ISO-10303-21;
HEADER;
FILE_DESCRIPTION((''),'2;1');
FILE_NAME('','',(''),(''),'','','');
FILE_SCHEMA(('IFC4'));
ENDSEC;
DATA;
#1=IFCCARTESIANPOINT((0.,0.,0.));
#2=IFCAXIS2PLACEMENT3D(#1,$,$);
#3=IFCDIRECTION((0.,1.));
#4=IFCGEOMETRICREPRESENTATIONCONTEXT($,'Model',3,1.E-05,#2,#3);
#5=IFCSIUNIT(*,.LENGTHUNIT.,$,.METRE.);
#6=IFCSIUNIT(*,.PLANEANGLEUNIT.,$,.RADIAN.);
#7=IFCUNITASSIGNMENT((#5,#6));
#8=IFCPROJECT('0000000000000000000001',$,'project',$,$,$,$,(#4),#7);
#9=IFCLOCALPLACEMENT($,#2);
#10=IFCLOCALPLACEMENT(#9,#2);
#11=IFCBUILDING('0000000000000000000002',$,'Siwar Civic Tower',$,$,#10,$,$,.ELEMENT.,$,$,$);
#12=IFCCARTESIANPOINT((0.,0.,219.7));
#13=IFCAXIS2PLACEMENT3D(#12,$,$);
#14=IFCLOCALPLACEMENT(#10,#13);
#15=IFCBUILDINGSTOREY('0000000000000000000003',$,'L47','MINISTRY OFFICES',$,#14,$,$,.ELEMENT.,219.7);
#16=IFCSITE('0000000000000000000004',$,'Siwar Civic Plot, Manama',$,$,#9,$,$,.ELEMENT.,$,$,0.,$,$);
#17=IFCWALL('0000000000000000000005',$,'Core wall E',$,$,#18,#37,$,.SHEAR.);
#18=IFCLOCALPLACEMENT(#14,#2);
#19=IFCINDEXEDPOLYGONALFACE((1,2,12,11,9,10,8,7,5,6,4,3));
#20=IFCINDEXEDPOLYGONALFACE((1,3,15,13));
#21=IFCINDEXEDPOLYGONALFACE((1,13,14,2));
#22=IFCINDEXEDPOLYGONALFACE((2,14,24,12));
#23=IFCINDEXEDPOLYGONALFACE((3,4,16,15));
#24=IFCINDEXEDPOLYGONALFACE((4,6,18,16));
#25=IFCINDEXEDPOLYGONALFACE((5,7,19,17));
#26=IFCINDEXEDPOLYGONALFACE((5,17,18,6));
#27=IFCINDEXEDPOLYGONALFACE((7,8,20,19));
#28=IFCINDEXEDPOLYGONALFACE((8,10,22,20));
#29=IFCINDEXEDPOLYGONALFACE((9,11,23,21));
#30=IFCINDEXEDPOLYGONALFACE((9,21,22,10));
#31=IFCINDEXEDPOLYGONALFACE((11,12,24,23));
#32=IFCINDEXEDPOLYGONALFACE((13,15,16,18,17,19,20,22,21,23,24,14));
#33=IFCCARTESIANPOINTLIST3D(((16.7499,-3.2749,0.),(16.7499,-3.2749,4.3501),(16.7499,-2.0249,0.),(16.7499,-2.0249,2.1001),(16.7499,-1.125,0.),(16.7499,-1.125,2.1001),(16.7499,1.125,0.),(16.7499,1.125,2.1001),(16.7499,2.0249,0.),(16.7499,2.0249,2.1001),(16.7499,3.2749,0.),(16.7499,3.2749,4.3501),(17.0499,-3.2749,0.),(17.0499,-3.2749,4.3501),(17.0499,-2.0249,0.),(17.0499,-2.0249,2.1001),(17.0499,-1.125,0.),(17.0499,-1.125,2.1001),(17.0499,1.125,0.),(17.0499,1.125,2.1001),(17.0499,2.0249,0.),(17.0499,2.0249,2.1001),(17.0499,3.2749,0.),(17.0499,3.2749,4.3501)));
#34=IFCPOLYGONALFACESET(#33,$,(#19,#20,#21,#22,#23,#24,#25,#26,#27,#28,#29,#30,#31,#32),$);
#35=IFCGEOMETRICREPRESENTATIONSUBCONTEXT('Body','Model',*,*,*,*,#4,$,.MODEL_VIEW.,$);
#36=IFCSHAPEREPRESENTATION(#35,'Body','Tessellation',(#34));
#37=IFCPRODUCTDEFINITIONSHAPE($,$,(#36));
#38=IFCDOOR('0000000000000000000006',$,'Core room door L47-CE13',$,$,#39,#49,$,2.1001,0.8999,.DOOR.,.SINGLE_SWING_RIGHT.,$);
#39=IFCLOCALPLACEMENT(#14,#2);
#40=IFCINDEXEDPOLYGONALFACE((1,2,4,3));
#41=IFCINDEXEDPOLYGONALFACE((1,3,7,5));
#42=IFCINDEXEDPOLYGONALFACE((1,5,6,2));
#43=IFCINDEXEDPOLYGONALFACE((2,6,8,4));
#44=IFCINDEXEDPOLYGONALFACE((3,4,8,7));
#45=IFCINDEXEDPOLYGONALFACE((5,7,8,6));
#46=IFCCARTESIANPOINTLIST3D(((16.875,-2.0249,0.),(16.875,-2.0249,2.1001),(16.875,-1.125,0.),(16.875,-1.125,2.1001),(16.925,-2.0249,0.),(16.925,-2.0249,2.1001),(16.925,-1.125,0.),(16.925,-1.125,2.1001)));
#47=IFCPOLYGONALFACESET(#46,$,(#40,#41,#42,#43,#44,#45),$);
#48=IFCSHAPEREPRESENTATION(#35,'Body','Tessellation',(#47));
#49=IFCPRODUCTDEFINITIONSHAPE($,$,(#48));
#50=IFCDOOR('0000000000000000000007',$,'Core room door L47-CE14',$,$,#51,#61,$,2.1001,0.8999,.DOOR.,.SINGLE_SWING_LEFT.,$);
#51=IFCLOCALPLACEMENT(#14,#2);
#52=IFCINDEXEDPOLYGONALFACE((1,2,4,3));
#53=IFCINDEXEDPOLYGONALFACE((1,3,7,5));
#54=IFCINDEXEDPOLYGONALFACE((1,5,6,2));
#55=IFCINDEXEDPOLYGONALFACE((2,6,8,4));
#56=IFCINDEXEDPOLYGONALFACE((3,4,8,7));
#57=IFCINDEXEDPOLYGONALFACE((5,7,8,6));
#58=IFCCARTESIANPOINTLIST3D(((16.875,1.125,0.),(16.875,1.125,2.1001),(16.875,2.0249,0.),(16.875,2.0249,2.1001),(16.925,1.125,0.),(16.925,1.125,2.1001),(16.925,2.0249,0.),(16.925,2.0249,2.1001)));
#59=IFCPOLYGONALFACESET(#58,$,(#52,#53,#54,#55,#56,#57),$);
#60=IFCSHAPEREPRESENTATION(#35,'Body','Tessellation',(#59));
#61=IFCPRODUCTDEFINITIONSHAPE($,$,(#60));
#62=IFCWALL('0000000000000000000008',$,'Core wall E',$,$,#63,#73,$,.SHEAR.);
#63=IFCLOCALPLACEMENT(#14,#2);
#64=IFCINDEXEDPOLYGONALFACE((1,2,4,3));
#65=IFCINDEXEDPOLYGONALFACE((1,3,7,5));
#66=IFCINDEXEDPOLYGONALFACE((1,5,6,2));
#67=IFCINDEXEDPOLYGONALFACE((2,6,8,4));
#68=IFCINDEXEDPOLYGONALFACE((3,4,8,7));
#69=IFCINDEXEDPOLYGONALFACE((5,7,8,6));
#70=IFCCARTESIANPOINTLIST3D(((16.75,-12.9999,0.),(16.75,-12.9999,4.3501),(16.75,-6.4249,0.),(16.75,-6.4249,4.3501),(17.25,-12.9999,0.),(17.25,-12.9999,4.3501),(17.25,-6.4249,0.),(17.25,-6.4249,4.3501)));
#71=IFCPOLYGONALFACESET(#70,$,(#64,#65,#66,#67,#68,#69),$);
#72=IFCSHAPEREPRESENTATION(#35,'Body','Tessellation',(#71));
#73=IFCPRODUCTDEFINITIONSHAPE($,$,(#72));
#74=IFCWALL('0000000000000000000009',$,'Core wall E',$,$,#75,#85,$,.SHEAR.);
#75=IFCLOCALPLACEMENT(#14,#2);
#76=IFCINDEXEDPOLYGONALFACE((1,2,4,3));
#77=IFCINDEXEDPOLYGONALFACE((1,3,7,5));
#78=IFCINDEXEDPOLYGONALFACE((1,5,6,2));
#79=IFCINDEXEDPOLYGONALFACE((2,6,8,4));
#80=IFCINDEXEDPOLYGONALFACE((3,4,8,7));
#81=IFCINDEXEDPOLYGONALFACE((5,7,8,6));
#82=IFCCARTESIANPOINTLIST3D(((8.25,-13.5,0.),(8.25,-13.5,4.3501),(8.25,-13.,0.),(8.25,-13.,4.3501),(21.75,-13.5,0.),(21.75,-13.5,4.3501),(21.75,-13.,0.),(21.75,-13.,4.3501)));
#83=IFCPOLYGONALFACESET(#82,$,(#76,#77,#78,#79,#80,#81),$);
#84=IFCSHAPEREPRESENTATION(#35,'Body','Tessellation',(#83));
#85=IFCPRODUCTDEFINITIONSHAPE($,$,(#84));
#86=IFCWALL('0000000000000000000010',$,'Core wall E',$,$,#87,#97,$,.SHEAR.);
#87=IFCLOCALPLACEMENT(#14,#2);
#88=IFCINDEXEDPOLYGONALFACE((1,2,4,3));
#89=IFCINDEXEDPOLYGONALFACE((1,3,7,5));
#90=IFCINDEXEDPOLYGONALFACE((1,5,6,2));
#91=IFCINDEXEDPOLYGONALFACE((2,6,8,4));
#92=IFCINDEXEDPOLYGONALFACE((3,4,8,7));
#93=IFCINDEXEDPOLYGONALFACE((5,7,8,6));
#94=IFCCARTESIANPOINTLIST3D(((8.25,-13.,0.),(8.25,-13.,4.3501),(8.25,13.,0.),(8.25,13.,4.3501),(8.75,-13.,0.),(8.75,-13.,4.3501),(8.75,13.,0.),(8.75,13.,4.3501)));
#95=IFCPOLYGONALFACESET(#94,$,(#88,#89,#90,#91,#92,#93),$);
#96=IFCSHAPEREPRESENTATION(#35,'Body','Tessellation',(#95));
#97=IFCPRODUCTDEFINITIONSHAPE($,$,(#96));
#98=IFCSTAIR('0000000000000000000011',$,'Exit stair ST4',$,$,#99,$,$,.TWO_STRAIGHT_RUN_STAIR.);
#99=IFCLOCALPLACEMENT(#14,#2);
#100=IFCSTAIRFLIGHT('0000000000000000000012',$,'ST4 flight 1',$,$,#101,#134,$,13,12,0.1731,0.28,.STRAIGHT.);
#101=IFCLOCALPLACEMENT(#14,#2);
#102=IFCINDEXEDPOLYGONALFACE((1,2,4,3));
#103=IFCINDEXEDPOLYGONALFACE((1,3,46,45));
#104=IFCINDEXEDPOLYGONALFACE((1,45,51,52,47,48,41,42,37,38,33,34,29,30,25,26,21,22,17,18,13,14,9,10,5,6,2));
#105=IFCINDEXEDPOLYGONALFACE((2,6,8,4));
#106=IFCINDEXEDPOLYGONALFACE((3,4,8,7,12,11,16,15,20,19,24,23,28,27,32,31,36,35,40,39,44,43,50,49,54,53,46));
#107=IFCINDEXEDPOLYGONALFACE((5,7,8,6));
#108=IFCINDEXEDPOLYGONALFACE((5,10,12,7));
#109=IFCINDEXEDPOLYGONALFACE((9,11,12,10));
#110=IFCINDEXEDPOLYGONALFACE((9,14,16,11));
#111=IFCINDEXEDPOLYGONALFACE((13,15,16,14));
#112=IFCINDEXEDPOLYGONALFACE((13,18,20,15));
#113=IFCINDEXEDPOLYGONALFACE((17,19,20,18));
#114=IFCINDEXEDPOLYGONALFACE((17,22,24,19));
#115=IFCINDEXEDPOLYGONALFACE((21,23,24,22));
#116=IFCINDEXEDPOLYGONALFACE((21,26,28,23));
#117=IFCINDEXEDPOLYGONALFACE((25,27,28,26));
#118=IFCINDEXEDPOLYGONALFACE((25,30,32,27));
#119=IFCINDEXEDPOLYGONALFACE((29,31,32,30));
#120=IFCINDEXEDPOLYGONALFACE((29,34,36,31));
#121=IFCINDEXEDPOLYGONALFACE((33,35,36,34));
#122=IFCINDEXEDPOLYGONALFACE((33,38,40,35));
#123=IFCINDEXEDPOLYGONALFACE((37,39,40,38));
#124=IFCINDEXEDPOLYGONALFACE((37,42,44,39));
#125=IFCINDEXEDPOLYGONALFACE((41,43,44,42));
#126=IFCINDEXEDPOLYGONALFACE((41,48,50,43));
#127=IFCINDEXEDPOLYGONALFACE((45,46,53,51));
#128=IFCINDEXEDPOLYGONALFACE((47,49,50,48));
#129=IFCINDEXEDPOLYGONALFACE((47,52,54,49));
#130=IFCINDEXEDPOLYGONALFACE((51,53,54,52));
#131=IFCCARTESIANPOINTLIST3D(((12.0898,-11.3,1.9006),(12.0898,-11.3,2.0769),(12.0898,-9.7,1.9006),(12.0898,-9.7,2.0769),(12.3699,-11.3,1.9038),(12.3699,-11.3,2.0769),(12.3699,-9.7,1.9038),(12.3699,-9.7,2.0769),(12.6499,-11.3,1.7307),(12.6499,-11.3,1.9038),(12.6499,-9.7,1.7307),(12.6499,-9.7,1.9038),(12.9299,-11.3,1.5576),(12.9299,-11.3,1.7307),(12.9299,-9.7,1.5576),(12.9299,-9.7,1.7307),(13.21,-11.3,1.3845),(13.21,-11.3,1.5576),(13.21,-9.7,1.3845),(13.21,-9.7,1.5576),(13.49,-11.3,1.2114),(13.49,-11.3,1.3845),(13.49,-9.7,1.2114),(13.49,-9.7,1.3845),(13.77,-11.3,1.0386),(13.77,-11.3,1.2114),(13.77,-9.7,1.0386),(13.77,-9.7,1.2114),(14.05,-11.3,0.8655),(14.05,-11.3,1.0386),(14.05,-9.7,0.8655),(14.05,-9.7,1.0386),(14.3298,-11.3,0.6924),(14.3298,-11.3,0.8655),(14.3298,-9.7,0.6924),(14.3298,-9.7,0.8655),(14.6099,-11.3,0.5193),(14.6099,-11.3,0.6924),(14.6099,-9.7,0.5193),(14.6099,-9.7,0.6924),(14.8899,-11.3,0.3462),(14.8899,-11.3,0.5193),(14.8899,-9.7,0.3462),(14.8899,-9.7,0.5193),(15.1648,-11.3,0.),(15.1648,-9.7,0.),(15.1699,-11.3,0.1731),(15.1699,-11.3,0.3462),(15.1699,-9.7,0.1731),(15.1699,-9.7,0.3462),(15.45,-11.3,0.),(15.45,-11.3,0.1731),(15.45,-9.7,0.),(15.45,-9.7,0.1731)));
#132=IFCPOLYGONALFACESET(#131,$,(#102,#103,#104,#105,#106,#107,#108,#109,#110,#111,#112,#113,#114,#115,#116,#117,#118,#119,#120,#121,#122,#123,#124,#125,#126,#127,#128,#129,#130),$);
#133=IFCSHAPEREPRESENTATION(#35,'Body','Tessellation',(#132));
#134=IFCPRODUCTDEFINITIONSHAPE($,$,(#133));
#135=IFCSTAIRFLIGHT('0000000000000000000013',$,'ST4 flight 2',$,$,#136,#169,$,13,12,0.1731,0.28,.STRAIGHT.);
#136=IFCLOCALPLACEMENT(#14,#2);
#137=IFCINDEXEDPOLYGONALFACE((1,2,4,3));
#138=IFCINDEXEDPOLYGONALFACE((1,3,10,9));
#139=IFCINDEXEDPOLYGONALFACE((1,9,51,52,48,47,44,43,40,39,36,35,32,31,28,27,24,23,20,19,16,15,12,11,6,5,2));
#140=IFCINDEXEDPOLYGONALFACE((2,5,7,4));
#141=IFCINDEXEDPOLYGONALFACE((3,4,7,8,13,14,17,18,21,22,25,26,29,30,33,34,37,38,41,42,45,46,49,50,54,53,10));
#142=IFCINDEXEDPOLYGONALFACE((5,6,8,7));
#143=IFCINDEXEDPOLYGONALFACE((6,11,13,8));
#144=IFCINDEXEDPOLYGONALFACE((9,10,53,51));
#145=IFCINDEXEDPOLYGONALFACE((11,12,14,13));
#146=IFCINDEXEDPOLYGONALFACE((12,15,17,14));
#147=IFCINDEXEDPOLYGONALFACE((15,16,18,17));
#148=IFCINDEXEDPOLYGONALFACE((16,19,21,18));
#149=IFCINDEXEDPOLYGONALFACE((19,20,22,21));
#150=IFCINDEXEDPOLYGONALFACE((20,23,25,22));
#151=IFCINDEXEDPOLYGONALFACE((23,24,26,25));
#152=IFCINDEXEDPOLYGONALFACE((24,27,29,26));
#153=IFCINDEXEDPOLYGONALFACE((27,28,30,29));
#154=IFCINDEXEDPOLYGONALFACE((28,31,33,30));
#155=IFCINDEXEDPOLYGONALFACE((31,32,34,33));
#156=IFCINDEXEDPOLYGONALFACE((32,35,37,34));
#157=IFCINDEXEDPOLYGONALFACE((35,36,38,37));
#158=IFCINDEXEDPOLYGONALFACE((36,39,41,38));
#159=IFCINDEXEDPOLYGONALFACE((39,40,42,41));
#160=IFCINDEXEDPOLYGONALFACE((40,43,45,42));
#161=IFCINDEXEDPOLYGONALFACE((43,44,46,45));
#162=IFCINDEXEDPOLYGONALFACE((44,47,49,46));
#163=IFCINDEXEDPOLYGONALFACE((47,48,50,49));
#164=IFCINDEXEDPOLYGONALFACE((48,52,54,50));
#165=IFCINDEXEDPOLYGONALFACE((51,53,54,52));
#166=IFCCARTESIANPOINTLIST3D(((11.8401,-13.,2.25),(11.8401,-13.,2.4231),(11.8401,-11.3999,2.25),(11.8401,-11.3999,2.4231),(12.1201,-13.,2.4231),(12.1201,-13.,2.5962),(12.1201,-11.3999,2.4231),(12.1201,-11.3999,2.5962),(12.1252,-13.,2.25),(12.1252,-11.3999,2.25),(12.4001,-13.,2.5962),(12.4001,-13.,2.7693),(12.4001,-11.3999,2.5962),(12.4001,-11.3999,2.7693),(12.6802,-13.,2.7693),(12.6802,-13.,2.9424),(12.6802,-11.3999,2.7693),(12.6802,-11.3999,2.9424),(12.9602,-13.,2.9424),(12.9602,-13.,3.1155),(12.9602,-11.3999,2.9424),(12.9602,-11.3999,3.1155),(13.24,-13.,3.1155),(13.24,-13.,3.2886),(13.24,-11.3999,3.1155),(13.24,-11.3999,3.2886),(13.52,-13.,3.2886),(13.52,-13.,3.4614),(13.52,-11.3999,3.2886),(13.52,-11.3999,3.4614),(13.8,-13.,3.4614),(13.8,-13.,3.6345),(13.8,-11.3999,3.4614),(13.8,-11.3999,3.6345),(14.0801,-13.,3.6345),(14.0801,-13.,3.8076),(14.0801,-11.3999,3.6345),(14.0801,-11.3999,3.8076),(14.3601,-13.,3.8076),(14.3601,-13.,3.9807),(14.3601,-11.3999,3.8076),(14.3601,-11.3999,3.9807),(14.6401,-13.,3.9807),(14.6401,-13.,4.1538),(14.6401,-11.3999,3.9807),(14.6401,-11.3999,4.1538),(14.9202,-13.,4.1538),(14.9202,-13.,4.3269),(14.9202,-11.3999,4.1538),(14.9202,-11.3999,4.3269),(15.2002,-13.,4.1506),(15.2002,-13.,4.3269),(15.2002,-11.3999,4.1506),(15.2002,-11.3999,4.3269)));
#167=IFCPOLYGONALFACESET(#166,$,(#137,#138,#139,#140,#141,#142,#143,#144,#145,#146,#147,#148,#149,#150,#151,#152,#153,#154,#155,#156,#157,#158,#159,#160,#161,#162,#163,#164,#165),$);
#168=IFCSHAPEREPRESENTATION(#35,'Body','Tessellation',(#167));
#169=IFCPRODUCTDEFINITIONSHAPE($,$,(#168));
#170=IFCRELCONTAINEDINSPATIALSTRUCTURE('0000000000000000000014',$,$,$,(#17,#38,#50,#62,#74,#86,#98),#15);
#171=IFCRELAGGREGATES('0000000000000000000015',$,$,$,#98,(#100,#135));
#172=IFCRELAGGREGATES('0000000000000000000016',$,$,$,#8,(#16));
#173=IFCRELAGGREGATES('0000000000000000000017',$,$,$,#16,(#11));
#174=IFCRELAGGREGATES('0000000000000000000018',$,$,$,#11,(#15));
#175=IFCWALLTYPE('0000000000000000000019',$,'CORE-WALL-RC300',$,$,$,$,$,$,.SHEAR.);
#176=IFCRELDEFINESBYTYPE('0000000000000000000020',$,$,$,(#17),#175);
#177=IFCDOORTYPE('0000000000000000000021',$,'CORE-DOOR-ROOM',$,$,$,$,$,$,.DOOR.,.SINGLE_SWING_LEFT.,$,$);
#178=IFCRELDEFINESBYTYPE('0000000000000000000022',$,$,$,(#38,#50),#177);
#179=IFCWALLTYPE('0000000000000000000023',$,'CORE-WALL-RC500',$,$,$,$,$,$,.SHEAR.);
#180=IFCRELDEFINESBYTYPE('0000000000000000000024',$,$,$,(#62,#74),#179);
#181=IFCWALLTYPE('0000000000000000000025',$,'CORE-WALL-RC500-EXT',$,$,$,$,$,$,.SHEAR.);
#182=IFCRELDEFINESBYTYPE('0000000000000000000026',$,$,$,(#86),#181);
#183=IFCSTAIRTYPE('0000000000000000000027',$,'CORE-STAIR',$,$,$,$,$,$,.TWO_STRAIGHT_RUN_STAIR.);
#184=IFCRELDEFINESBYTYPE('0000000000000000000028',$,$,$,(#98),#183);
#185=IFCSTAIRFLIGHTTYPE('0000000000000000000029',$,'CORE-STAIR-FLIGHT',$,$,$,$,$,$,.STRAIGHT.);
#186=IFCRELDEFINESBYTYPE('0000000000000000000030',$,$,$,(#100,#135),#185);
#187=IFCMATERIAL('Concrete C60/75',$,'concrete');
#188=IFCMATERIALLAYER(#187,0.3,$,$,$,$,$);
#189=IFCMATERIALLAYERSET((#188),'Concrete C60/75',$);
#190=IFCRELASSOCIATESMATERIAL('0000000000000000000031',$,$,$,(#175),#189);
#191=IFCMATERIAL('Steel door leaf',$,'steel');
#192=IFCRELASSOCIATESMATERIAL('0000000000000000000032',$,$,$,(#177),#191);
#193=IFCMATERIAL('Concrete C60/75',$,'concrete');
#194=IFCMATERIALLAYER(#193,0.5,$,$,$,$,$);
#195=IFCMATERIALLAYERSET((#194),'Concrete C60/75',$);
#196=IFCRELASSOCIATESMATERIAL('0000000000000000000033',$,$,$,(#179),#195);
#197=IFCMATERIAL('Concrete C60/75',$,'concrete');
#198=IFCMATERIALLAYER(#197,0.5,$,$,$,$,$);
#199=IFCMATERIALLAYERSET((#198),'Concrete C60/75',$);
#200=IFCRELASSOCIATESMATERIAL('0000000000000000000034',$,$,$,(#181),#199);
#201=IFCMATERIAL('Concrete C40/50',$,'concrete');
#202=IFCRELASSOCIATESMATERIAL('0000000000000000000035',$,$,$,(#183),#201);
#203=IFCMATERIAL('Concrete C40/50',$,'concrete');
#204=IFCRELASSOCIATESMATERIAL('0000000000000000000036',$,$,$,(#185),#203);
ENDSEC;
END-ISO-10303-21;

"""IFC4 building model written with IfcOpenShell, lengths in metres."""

from ifc_helpers import new_model, si_unit, direction, frame, frame_2d, origin, place, context, subcontext, project, spatial, polyline, rectangle, outline, extrude, material, layer, layer_set, type_object, element, fill, aggregate, save


model = new_model("IFC4")

# Units and contexts
model_context = context("Model", 3, precision=1e-05, world=origin(), true_north=direction((0.0, 1.0)))
body_context = subcontext(model_context, "Body", "Model", "MODEL_VIEW")
ifc_project = project(units=[si_unit("LENGTHUNIT", "METRE"), si_unit("PLANEANGLEUNIT", "RADIAN")], contexts=[model_context])

# Site, building, storey
site_placement = place(None, origin())
site = spatial("IfcSite", under=ifc_project, at=site_placement, Name="Siwar Civic Plot, Manama", CompositionType="ELEMENT", RefElevation=0.0)
building_placement = place(site_placement, origin())
building = spatial("IfcBuilding", under=site, at=building_placement, Name="Siwar Civic Tower", CompositionType="ELEMENT")
storey_placement = place(building_placement, frame((0.0, 0.0, 219.7)))
storey = spatial("IfcBuildingStorey", under=building, at=storey_placement, Name="L47", Description="MINISTRY OFFICES", CompositionType="ELEMENT", Elevation=219.7)

# Wall, openings, doors
ifc_material_1 = material(Name="Concrete C60/75", Category="concrete")
ifc_layer_1 = layer(ifc_material_1, 0.3)
ifc_layer_set_1 = layer_set([ifc_layer_1], Name="Concrete C60/75")
wall_type_1 = type_object("IfcWallType", Name="CORE-WALL-RC300", PredefinedType="SHEAR", material=ifc_layer_set_1)
wall_1_placement = place(storey_placement, frame((16.8999, -3.2749, 0.0), z_axis=(0.0, 0.0, 1.0), x_axis=(0.0, 1.0, 0.0)))
wall_1 = element("IfcWall", 1, at=wall_1_placement, inside=storey, type_object=wall_type_1, Name="Core wall E", PredefinedType="SHEAR", context=body_context, shape_type="SweptSolid", body=[
    extrude(rectangle(XDim=6.5498, YDim=0.3, at=frame_2d((3.2749, 0.0))), origin(), (0.0, 0.0, 1.0), 4.3501),
])
opening_1_placement = place(wall_1_placement, frame((1.25, 0.0, 0.0)))
opening_1 = element("IfcOpeningElement", 2, at=opening_1_placement, cuts=wall_1, PredefinedType="OPENING", context=body_context, shape_type="SweptSolid", body=[
    extrude(rectangle(XDim=0.8999, YDim=2.1001, at=frame_2d((0.45, 1.05))), frame((0.0, 0.1602, 0.0), z_axis=(0.0, -1.0, 0.0), x_axis=(1.0, 0.0, 0.0)), (0.0, 0.0, 1.0), 0.3201),
])
opening_2_placement = place(wall_1_placement, frame((4.3999, 0.0, 0.0)))
opening_2 = element("IfcOpeningElement", 3, at=opening_2_placement, cuts=wall_1, PredefinedType="OPENING", context=body_context, shape_type="SweptSolid", body=[
    extrude(rectangle(XDim=0.8999, YDim=2.1001, at=frame_2d((0.45, 1.05))), frame((0.0, 0.1602, 0.0), z_axis=(0.0, -1.0, 0.0), x_axis=(1.0, 0.0, 0.0)), (0.0, 0.0, 1.0), 0.3201),
])
ifc_material_2 = material(Name="Steel door leaf", Category="steel")
door_type_1 = type_object("IfcDoorType", Name="CORE-DOOR-ROOM", OperationType="SINGLE_SWING_LEFT", PredefinedType="DOOR", material=ifc_material_2)
door_1_placement = place(opening_1_placement, origin())
door_1 = element("IfcDoor", 4, at=door_1_placement, inside=storey, type_object=door_type_1, Name="Core room door L47-CE13", OperationType="SINGLE_SWING_RIGHT", OverallHeight=2.1001, OverallWidth=0.8999, PredefinedType="DOOR", context=body_context, shape_type="SweptSolid", body=[
    extrude(rectangle(XDim=0.8999, YDim=2.1001, at=frame_2d((0.45, 1.05))), frame((0.0, 0.0249, 0.0), z_axis=(0.0, -1.0, 0.0), x_axis=(1.0, 0.0, 0.0)), (0.0, 0.0, 1.0), 0.05),
])
fill(opening_1, door_1)
door_2_placement = place(opening_2_placement, origin())
door_2 = element("IfcDoor", 5, at=door_2_placement, inside=storey, type_object=door_type_1, Name="Core room door L47-CE14", OperationType="SINGLE_SWING_LEFT", OverallHeight=2.1001, OverallWidth=0.8999, PredefinedType="DOOR", context=body_context, shape_type="SweptSolid", body=[
    extrude(rectangle(XDim=0.8999, YDim=2.1001, at=frame_2d((0.45, 1.05))), frame((0.0, 0.0249, 0.0), z_axis=(0.0, -1.0, 0.0), x_axis=(1.0, 0.0, 0.0)), (0.0, 0.0, 1.0), 0.05),
])
fill(opening_2, door_2)

# Walls
ifc_material_3 = material(Name="Concrete C60/75", Category="concrete")
ifc_layer_2 = layer(ifc_material_3, 0.5)
ifc_layer_set_2 = layer_set([ifc_layer_2], Name="Concrete C60/75")
wall_type_2 = type_object("IfcWallType", Name="CORE-WALL-RC500", PredefinedType="SHEAR", material=ifc_layer_set_2)
wall_2_placement = place(storey_placement, frame((17.0, -13.0, 0.0), z_axis=(0.0, 0.0, 1.0), x_axis=(0.0, 1.0, 0.0)))
element("IfcWall", 6, at=wall_2_placement, inside=storey, type_object=wall_type_2, Name="Core wall E", PredefinedType="SHEAR", context=body_context, shape_type="SweptSolid", body=[
    extrude(rectangle(XDim=6.575, YDim=0.5, at=frame_2d((3.2876, 0.0))), origin(), (0.0, 0.0, 1.0), 4.3501),
])
wall_3_placement = place(storey_placement, frame((8.25, -13.25, 0.0), z_axis=(0.0, 0.0, 1.0), x_axis=(1.0, 0.0, 0.0)))
element("IfcWall", 7, at=wall_3_placement, inside=storey, type_object=wall_type_2, Name="Core wall E", PredefinedType="SHEAR", context=body_context, shape_type="SweptSolid", body=[
    extrude(rectangle(XDim=13.5, YDim=0.5, at=frame_2d((6.75, 0.0))), origin(), (0.0, 0.0, 1.0), 4.3501),
])
ifc_material_4 = material(Name="Concrete C60/75", Category="concrete")
ifc_layer_3 = layer(ifc_material_4, 0.5)
ifc_layer_set_3 = layer_set([ifc_layer_3], Name="Concrete C60/75")
wall_type_3 = type_object("IfcWallType", Name="CORE-WALL-RC500-EXT", PredefinedType="SHEAR", material=ifc_layer_set_3)
wall_4_placement = place(storey_placement, frame((8.5, -13.0, 0.0), z_axis=(0.0, 0.0, 1.0), x_axis=(0.0, 1.0, 0.0)))
element("IfcWall", 8, at=wall_4_placement, inside=storey, type_object=wall_type_3, Name="Core wall E", PredefinedType="SHEAR", context=body_context, shape_type="SweptSolid", body=[
    extrude(rectangle(XDim=26.0, YDim=0.5, at=frame_2d((13.0, 0.0))), origin(), (0.0, 0.0, 1.0), 4.3501),
])

# Stair, stair flights
ifc_material_5 = material(Name="Concrete C40/50", Category="concrete")
stair_type = type_object("IfcStairType", Name="CORE-STAIR", PredefinedType="TWO_STRAIGHT_RUN_STAIR", material=ifc_material_5)
stair_placement = place(storey_placement, origin())
stair = element("IfcStair", 9, at=stair_placement, inside=storey, type_object=stair_type, Name="Exit stair ST4", PredefinedType="TWO_STRAIGHT_RUN_STAIR")
ifc_material_6 = material(Name="Concrete C40/50", Category="concrete")
stair_flight_type = type_object("IfcStairFlightType", Name="CORE-STAIR-FLIGHT", PredefinedType="STRAIGHT", material=ifc_material_6)
stair_flight_1_placement = place(storey_placement, frame((15.45, -10.5, 0.0), z_axis=(0.0, 0.0, 1.0), x_axis=(-1.0, 0.0, 0.0)))
stair_flight_1 = element("IfcStairFlight", 10, at=stair_flight_1_placement, type_object=stair_flight_type, Name="ST4 flight 1", NumberOfRisers=13, NumberOfTreads=12, PredefinedType="STRAIGHT", RiserHeight=0.1731, TreadLength=0.28, context=body_context, shape_type="SweptSolid", body=[
    extrude(outline(polyline([(0.0, 0.0), (0.0, 0.1731), (0.28, 0.1731), (0.28, 0.3462), (0.5601, 0.3462), (0.5601, 0.5193), (0.8401, 0.5193), (0.8401, 0.6924), (1.1201, 0.6924), (1.1201, 0.8655), (1.3999, 0.8655), (1.3999, 1.0386), (1.6799, 1.0386), (1.6799, 1.2114), (1.96, 1.2114), (1.96, 1.3845), (2.24, 1.3845), (2.24, 1.5576), (2.52, 1.5576), (2.52, 1.7307), (2.8, 1.7307), (2.8, 1.9038), (3.0801, 1.9038), (3.0801, 2.0769), (3.3601, 2.0769), (3.3601, 2.25), (3.3601, 1.9006), (0.2852, 0.0), (0.0, 0.0)])), frame((0.0, 0.8, 0.0), z_axis=(0.0, -1.0, 0.0), x_axis=(1.0, 0.0, 0.0)), (0.0, 0.0, 1.0), 1.6001),
])
stair_flight_2_placement = place(storey_placement, frame((11.8401, -12.2, 2.25), z_axis=(0.0, 0.0, 1.0), x_axis=(1.0, 0.0, 0.0)))
stair_flight_2 = element("IfcStairFlight", 11, at=stair_flight_2_placement, type_object=stair_flight_type, Name="ST4 flight 2", NumberOfRisers=13, NumberOfTreads=12, PredefinedType="STRAIGHT", RiserHeight=0.1731, TreadLength=0.28, context=body_context, shape_type="SweptSolid", body=[
    extrude(outline(polyline([(0.0, 0.0), (0.0, 0.1731), (0.28, 0.1731), (0.28, 0.3462), (0.5601, 0.3462), (0.5601, 0.5193), (0.8401, 0.5193), (0.8401, 0.6924), (1.1201, 0.6924), (1.1201, 0.8655), (1.3999, 0.8655), (1.3999, 1.0386), (1.6799, 1.0386), (1.6799, 1.2114), (1.96, 1.2114), (1.96, 1.3845), (2.24, 1.3845), (2.24, 1.5576), (2.52, 1.5576), (2.52, 1.7307), (2.8, 1.7307), (2.8, 1.9038), (3.0801, 1.9038), (3.0801, 2.0769), (3.3601, 2.0769), (3.3601, 2.25), (3.3601, 1.9006), (0.2852, 0.0), (0.0, 0.0)])), frame((0.0, 0.8, 0.0), z_axis=(0.0, -1.0, 0.0), x_axis=(1.0, 0.0, 0.0)), (0.0, 0.0, 1.0), 1.6001),
])
aggregate(stair, [stair_flight_1, stair_flight_2])

save(model, "model.ifc")
